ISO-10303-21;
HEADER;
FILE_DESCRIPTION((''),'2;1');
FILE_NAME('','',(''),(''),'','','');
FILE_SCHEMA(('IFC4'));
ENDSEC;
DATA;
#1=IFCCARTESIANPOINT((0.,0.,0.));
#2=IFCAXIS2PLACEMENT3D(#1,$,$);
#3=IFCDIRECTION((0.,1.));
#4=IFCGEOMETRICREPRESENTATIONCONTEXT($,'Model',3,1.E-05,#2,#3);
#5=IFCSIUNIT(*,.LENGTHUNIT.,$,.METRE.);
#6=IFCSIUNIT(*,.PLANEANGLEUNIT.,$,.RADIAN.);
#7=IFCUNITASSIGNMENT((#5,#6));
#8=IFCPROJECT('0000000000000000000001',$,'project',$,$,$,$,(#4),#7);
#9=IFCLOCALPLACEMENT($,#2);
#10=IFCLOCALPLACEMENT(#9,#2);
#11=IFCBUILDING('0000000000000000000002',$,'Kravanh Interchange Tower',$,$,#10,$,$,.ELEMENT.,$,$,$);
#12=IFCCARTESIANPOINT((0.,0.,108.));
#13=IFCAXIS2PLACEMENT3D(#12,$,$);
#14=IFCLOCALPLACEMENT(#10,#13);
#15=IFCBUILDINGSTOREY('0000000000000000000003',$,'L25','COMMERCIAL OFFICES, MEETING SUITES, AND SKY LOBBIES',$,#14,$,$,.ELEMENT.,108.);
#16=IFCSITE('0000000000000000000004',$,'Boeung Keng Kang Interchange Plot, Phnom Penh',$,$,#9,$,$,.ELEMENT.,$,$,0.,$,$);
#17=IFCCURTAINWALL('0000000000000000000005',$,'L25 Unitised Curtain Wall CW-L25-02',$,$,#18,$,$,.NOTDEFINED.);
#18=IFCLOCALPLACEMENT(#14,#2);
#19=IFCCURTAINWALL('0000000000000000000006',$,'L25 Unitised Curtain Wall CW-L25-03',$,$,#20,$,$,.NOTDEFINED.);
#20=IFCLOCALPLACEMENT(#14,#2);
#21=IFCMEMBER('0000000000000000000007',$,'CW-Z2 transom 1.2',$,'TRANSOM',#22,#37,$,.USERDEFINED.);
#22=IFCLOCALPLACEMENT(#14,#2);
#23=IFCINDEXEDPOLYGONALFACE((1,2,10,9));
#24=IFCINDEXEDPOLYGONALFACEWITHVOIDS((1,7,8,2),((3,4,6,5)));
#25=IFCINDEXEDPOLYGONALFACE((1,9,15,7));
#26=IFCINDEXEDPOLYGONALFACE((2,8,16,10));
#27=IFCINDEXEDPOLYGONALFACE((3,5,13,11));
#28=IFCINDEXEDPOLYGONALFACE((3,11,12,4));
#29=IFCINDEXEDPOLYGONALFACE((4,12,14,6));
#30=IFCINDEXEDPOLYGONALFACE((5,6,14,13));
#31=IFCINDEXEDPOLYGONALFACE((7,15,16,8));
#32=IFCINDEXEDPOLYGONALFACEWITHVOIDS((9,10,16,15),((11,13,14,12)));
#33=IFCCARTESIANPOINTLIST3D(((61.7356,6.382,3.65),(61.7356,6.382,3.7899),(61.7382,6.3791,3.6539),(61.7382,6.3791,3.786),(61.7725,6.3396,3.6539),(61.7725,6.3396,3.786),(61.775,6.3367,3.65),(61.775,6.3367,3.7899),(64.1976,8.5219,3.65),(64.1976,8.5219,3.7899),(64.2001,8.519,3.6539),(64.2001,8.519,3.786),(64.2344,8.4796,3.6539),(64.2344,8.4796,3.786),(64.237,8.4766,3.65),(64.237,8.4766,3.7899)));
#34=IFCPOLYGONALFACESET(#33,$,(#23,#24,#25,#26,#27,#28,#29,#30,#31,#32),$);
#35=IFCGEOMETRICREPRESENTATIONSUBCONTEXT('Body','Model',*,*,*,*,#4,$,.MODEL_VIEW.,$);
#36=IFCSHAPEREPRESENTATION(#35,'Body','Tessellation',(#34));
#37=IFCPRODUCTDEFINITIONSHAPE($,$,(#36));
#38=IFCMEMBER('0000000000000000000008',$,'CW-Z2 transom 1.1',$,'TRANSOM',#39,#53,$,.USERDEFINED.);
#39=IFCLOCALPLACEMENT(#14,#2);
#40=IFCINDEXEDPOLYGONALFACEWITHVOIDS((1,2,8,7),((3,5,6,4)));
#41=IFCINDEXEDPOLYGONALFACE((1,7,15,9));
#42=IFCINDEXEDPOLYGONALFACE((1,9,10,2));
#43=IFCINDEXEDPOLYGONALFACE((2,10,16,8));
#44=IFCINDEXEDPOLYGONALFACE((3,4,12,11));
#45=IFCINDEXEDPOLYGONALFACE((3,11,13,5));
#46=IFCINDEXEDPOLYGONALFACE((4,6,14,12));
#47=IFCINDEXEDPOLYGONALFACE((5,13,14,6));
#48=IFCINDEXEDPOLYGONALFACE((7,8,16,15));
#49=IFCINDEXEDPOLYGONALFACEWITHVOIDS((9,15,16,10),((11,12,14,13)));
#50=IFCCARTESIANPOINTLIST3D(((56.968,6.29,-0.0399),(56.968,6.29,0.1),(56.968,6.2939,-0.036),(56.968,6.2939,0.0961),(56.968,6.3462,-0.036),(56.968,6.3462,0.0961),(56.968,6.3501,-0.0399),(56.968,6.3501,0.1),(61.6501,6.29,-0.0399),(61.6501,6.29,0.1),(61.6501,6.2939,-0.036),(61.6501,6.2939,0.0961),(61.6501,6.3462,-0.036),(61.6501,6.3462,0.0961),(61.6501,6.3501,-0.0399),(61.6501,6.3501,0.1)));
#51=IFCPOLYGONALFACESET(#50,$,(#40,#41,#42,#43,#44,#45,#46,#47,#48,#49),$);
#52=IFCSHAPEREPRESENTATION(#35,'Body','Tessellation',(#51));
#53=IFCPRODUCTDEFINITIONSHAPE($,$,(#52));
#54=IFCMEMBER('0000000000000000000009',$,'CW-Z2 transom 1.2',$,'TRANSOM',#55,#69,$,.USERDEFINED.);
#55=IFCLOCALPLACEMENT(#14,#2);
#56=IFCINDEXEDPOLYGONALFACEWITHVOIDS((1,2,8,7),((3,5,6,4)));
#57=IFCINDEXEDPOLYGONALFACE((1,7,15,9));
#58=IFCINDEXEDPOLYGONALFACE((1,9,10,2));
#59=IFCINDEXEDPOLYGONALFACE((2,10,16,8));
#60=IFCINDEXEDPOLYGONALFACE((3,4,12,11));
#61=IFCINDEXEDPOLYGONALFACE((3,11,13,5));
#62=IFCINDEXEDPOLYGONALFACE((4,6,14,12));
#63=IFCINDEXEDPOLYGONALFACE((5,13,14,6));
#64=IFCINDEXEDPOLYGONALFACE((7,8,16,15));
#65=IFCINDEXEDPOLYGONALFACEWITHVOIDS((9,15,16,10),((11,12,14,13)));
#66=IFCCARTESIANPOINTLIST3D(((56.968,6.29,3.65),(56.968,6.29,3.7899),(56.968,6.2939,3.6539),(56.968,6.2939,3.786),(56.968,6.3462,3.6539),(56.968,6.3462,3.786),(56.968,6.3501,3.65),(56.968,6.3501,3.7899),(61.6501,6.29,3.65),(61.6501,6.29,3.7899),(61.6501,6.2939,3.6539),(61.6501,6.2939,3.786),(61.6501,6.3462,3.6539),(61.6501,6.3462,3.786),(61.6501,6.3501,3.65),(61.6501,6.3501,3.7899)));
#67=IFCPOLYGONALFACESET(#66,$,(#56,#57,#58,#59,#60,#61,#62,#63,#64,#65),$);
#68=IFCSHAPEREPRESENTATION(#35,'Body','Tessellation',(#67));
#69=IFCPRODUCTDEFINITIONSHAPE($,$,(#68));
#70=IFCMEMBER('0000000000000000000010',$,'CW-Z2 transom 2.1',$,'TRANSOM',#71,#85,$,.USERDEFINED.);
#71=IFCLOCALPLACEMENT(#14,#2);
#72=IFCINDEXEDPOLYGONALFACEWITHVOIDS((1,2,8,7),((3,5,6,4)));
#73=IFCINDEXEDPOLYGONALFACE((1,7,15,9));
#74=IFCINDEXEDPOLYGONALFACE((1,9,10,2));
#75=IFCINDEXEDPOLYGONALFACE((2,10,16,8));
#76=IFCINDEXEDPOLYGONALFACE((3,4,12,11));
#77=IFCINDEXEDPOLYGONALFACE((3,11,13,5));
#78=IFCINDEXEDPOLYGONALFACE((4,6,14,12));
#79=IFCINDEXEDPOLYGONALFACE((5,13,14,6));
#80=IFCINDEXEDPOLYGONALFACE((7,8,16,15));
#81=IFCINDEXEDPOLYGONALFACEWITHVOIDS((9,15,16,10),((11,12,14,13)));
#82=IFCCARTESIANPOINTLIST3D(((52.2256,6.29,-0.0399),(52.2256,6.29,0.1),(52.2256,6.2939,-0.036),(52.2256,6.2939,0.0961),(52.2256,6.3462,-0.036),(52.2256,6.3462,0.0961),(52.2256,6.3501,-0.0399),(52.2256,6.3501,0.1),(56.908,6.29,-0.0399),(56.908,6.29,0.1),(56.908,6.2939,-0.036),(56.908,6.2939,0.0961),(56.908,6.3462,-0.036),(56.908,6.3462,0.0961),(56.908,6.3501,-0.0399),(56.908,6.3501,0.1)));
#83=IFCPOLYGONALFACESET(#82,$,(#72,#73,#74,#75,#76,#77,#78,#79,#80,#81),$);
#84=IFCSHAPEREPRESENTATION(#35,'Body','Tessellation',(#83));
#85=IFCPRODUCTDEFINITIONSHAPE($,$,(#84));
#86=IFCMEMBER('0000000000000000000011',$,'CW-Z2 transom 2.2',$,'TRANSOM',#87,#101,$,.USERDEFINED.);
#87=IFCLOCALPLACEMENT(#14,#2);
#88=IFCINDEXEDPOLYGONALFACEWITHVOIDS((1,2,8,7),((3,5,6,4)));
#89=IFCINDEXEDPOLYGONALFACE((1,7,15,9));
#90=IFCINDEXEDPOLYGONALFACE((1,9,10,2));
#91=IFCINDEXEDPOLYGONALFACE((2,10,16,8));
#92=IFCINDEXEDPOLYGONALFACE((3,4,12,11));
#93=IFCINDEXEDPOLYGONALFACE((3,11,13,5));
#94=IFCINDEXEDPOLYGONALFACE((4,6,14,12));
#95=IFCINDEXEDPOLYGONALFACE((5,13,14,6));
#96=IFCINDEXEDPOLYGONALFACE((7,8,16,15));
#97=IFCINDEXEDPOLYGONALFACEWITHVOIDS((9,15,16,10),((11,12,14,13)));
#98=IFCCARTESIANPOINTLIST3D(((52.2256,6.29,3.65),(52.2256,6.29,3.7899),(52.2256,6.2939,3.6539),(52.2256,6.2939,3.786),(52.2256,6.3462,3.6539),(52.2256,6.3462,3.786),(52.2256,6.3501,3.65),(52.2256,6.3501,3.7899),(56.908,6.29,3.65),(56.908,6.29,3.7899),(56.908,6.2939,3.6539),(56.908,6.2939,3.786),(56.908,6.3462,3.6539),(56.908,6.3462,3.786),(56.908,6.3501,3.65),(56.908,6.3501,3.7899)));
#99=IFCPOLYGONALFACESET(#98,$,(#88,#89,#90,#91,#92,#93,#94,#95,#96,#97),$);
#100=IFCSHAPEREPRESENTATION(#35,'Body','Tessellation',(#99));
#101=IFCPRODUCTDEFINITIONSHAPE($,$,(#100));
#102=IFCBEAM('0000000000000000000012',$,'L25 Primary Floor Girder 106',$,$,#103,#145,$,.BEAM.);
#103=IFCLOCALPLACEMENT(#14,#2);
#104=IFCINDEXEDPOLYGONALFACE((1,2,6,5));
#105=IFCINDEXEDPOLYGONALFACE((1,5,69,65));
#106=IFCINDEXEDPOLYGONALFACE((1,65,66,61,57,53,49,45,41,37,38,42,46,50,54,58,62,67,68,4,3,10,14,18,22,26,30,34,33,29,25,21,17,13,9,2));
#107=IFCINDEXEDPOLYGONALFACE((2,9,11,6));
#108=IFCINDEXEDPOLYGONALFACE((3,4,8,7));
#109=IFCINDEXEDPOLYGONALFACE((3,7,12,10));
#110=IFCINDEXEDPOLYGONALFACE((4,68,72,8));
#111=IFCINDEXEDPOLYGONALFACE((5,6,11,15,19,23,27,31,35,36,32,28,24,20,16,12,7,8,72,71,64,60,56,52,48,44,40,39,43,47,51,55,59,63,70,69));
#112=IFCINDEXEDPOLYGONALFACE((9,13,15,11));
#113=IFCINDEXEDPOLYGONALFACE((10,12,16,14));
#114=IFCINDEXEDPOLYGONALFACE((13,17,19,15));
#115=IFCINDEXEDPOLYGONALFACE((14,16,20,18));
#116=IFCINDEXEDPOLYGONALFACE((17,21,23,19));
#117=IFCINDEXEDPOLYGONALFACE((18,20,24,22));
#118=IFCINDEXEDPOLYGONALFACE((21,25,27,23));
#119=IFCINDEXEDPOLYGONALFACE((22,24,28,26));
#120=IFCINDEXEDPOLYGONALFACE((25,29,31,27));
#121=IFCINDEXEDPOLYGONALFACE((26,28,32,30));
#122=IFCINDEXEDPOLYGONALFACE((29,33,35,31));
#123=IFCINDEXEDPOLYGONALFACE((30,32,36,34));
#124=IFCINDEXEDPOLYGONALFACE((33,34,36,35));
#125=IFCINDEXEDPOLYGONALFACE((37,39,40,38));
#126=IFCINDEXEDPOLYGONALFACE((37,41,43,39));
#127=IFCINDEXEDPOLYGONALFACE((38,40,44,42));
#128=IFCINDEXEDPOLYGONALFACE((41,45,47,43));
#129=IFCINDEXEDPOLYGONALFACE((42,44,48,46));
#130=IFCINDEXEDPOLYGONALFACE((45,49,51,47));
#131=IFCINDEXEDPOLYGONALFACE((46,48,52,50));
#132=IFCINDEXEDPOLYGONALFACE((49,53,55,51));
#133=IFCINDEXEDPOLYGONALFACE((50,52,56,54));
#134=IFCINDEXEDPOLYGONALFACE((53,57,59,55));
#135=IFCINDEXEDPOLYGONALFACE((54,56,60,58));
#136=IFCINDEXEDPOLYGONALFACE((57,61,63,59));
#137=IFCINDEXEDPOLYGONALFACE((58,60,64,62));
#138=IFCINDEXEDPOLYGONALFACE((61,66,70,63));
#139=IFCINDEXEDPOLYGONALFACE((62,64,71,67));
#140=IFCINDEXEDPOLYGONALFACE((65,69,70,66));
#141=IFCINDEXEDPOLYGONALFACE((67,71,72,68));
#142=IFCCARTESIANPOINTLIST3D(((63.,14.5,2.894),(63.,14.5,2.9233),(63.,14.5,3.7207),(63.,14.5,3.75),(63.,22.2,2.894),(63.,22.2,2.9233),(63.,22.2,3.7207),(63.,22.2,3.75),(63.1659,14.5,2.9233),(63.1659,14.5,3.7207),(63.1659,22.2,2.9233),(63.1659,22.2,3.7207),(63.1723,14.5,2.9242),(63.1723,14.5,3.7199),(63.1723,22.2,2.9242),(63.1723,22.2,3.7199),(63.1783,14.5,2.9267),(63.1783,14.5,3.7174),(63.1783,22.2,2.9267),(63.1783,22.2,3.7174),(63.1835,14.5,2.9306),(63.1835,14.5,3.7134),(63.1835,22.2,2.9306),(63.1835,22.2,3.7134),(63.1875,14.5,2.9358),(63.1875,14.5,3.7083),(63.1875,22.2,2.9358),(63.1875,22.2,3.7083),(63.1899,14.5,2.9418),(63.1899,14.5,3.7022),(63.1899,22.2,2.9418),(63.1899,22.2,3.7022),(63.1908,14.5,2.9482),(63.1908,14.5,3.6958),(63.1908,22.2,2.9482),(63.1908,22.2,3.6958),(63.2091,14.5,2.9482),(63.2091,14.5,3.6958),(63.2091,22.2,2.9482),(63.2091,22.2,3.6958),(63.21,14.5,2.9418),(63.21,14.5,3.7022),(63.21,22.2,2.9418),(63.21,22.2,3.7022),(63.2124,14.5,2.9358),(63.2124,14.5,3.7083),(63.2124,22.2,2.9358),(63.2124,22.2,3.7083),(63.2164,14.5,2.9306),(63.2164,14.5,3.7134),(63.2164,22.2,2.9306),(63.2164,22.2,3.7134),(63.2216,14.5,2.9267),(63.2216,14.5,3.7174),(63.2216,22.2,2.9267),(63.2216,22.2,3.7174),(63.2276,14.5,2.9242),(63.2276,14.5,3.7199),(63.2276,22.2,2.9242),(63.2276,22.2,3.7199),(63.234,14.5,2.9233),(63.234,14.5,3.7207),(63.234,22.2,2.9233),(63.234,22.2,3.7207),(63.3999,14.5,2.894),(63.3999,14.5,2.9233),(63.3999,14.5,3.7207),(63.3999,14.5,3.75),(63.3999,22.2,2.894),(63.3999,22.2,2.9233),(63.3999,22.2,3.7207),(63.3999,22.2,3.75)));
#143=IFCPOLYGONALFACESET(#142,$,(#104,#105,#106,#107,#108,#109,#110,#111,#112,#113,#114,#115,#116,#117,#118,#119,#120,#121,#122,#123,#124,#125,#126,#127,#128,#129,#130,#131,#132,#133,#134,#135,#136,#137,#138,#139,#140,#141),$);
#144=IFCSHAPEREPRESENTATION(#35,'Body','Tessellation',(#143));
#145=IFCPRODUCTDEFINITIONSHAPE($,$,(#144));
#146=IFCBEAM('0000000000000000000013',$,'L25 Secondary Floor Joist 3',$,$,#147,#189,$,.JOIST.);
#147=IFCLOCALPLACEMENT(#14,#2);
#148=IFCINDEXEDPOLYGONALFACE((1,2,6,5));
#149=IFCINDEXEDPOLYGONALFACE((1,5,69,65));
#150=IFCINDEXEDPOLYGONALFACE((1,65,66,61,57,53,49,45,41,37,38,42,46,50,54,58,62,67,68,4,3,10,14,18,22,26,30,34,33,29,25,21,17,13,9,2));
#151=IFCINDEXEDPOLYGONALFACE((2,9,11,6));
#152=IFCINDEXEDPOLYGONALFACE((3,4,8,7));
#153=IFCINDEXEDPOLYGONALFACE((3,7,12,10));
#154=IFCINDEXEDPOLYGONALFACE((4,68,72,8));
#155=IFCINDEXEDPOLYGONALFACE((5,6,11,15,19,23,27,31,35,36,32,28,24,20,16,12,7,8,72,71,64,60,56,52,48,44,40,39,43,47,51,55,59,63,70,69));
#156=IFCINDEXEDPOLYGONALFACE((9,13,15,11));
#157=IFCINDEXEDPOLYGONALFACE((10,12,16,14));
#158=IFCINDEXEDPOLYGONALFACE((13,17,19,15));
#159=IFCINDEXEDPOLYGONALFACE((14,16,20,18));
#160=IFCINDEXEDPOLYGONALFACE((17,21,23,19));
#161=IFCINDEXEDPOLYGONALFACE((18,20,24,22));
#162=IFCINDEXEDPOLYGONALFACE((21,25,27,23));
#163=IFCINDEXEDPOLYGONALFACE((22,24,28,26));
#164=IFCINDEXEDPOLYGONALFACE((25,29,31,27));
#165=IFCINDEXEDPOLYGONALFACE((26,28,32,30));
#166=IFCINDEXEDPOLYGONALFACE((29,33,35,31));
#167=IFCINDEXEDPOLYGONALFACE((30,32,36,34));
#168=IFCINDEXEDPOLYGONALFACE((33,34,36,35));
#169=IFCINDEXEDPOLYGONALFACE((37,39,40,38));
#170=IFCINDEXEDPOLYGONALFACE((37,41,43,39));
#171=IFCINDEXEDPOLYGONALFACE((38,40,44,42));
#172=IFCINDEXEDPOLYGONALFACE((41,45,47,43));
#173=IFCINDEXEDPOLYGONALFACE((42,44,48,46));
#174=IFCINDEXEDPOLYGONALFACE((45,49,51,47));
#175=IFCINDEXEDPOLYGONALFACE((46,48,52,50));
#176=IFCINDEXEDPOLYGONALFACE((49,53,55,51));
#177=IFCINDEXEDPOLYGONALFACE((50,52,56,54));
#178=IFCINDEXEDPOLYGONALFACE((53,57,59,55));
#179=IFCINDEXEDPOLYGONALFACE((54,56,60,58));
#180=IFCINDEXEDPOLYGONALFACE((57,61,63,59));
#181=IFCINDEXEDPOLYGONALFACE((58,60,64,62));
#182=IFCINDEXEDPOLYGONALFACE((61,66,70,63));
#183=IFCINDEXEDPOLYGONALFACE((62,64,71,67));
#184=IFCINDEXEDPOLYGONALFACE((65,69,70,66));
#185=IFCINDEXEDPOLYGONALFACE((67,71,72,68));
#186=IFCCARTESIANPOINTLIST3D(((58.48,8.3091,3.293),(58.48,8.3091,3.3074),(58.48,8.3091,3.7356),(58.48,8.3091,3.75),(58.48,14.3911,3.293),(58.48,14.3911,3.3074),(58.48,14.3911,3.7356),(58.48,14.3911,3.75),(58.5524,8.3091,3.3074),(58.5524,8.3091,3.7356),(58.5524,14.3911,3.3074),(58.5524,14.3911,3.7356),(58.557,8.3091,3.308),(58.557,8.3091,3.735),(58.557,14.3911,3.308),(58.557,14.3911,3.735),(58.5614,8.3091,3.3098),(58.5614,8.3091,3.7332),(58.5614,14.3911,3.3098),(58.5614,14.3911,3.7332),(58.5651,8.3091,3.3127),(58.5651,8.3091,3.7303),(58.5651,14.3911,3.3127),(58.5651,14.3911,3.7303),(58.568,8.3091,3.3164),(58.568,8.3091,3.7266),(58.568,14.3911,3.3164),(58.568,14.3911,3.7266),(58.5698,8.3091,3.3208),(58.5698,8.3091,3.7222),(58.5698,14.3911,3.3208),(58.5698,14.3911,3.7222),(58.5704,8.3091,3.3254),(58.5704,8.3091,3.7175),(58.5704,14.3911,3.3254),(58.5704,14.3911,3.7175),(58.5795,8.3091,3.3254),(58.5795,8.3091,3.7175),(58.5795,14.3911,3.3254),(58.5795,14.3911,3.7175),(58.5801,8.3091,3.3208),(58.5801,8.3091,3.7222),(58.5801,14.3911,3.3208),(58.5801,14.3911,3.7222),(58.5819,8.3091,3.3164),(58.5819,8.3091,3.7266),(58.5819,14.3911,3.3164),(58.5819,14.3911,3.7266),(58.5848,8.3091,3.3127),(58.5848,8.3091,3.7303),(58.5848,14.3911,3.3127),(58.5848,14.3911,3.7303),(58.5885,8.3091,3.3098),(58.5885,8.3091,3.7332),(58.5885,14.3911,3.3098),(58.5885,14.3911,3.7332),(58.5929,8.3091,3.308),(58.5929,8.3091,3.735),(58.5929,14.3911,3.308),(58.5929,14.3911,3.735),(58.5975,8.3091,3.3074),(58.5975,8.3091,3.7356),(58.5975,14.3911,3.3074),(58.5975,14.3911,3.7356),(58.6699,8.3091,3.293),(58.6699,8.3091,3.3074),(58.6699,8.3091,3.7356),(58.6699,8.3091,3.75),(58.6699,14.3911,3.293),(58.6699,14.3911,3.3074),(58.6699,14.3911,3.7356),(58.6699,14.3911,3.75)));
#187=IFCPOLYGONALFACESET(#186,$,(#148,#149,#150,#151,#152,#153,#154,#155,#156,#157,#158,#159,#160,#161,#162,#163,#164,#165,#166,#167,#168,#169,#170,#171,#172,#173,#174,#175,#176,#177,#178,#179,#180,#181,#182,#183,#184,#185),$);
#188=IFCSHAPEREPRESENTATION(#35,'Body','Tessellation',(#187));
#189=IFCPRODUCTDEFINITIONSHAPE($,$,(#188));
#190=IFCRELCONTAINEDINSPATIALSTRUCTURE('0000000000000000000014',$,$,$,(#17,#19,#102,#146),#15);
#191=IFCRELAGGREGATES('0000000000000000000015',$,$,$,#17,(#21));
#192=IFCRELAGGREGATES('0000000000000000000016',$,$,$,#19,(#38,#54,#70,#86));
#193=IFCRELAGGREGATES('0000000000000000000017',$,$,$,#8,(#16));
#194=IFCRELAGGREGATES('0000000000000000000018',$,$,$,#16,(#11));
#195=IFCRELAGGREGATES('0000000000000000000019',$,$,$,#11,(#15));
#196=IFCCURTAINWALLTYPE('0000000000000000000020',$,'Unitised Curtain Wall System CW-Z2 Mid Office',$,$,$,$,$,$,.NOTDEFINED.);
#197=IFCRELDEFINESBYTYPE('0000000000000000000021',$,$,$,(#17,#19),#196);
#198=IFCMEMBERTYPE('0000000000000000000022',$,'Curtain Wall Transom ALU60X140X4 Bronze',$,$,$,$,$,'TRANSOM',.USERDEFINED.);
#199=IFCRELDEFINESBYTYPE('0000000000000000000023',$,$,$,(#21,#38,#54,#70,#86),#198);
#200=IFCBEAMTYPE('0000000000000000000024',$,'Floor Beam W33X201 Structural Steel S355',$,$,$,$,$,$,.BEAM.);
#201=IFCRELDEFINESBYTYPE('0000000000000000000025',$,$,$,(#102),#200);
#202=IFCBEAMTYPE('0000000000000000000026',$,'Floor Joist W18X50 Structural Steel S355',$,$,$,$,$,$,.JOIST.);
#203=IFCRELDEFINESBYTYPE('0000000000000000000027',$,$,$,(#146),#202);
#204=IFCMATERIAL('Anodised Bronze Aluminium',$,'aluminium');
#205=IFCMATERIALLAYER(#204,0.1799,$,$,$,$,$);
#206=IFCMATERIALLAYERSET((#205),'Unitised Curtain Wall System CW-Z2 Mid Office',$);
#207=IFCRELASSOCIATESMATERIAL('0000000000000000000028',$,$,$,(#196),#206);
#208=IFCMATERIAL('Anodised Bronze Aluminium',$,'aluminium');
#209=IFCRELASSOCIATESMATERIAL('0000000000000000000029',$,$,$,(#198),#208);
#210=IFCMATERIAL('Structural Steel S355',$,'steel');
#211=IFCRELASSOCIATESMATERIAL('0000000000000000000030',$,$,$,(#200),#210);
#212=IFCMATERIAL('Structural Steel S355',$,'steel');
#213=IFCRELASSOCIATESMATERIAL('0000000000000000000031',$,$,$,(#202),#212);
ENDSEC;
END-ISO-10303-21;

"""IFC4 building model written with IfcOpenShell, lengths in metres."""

from ifc_helpers import new_model, si_unit, direction, frame, origin, origin_2d, place, context, subcontext, project, spatial, hollow_rectangle, i_section, extrude, material, layer, layer_set, material_profile, profile_set, type_object, element, aggregate, save


model = new_model("IFC4")

# Units and contexts
model_context = context("Model", 3, precision=1e-05, world=origin(), true_north=direction((0.0, 1.0)))
body_context = subcontext(model_context, "Body", "Model", "MODEL_VIEW")
ifc_project = project(units=[si_unit("LENGTHUNIT", "METRE"), si_unit("PLANEANGLEUNIT", "RADIAN")], contexts=[model_context])

# Site, building, storey
site_placement = place(None, origin())
site = spatial("IfcSite", under=ifc_project, at=site_placement, Name="Boeung Keng Kang Interchange Plot, Phnom Penh", CompositionType="ELEMENT", RefElevation=0.0)
building_placement = place(site_placement, origin())
building = spatial("IfcBuilding", under=site, at=building_placement, Name="Kravanh Interchange Tower", CompositionType="ELEMENT")
storey_placement = place(building_placement, frame((0.0, 0.0, 108.0)))
storey = spatial("IfcBuildingStorey", under=building, at=storey_placement, Name="L25", Description="COMMERCIAL OFFICES, MEETING SUITES, AND SKY LOBBIES", CompositionType="ELEMENT", Elevation=108.0)

# Curtain walls
ifc_material_1 = material(Name="Anodised Bronze Aluminium", Category="aluminium")
ifc_layer_1 = layer(ifc_material_1, 0.1799)
ifc_layer_set_1 = layer_set([ifc_layer_1], Name="Unitised Curtain Wall System CW-Z2 Mid Office")
curtain_wall_type = type_object("IfcCurtainWallType", Name="Unitised Curtain Wall System CW-Z2 Mid Office", PredefinedType="NOTDEFINED", material=ifc_layer_set_1)
curtain_wall_1_placement = place(storey_placement, origin())
curtain_wall_1 = element("IfcCurtainWall", 1, at=curtain_wall_1_placement, inside=storey, type_object=curtain_wall_type, Name="L25 Unitised Curtain Wall CW-L25-02", PredefinedType="NOTDEFINED")
curtain_wall_2_placement = place(storey_placement, origin())
curtain_wall_2 = element("IfcCurtainWall", 2, at=curtain_wall_2_placement, inside=storey, type_object=curtain_wall_type, Name="L25 Unitised Curtain Wall CW-L25-03", PredefinedType="NOTDEFINED")

# Members
ifc_material_2 = material(Name="Anodised Bronze Aluminium", Category="aluminium")
ifc_material_profile_1 = material_profile(ifc_material_2, hollow_rectangle(XDim=0.0601, YDim=0.1399, WallThickness=0.0039, at=origin_2d()), Name="ALU60X140X4")
ifc_profile_set_1 = profile_set([ifc_material_profile_1], Name="Anodised Bronze Aluminium")
member_type_1 = type_object("IfcMemberType", Name="Curtain Wall Transom ALU60X140X4 Bronze", ElementType="TRANSOM", PredefinedType="USERDEFINED", material=ifc_profile_set_1)
member_1_placement = place(storey_placement, frame((64.2173, 8.4993, 3.72), z_axis=(-0.754742, -0.656021, 0.0), x_axis=(0.656021, -0.754742, 0.0)))
member_1 = element("IfcMember", 3, at=member_1_placement, type_object=member_type_1, Name="CW-Z2 transom 1.2", ObjectType="TRANSOM", PredefinedType="USERDEFINED", context=body_context, shape_type="SweptSolid", body=[
    extrude(hollow_rectangle(XDim=0.0601, YDim=0.1399, WallThickness=0.0039, at=origin_2d()), origin(), (0.0, 0.0, 1.0), 3.262),
])
member_2_placement = place(storey_placement, frame((61.6501, 6.3201, 0.03), z_axis=(-1.0, 0.0, 0.0), x_axis=(0.0, -1.0, 0.0)))
member_2 = element("IfcMember", 4, at=member_2_placement, type_object=member_type_1, Name="CW-Z2 transom 1.1", ObjectType="TRANSOM", PredefinedType="USERDEFINED", context=body_context, shape_type="SweptSolid", body=[
    extrude(hollow_rectangle(XDim=0.0601, YDim=0.1399, WallThickness=0.0039, at=origin_2d()), origin(), (0.0, 0.0, 1.0), 4.6821),
])
member_3_placement = place(storey_placement, frame((61.6501, 6.3201, 3.72), z_axis=(-1.0, 0.0, 0.0), x_axis=(0.0, -1.0, 0.0)))
member_3 = element("IfcMember", 5, at=member_3_placement, type_object=member_type_1, Name="CW-Z2 transom 1.2", ObjectType="TRANSOM", PredefinedType="USERDEFINED", context=body_context, shape_type="SweptSolid", body=[
    extrude(hollow_rectangle(XDim=0.0601, YDim=0.1399, WallThickness=0.0039, at=origin_2d()), origin(), (0.0, 0.0, 1.0), 4.6821),
])
member_4_placement = place(storey_placement, frame((56.908, 6.3201, 0.03), z_axis=(-1.0, 0.0, 0.0), x_axis=(0.0, -1.0, 0.0)))
member_4 = element("IfcMember", 6, at=member_4_placement, type_object=member_type_1, Name="CW-Z2 transom 2.1", ObjectType="TRANSOM", PredefinedType="USERDEFINED", context=body_context, shape_type="SweptSolid", body=[
    extrude(hollow_rectangle(XDim=0.0601, YDim=0.1399, WallThickness=0.0039, at=origin_2d()), origin(), (0.0, 0.0, 1.0), 4.6824),
])
member_5_placement = place(storey_placement, frame((56.908, 6.3201, 3.72), z_axis=(-1.0, 0.0, 0.0), x_axis=(0.0, -1.0, 0.0)))
member_5 = element("IfcMember", 7, at=member_5_placement, type_object=member_type_1, Name="CW-Z2 transom 2.2", ObjectType="TRANSOM", PredefinedType="USERDEFINED", context=body_context, shape_type="SweptSolid", body=[
    extrude(hollow_rectangle(XDim=0.0601, YDim=0.1399, WallThickness=0.0039, at=origin_2d()), origin(), (0.0, 0.0, 1.0), 4.6824),
])

# Beams
ifc_material_3 = material(Name="Structural Steel S355", Category="steel")
ifc_material_profile_2 = material_profile(ifc_material_3, i_section(OverallWidth=0.3999, OverallDepth=0.856, WebThickness=0.0183, FlangeThickness=0.0293, FilletRadius=0.0249, at=origin_2d()), Name="W33X201")
ifc_profile_set_2 = profile_set([ifc_material_profile_2], Name="Structural Steel S355")
beam_type_1 = type_object("IfcBeamType", Name="Floor Beam W33X201 Structural Steel S355", PredefinedType="BEAM", material=ifc_profile_set_2)
beam_1_placement = place(storey_placement, frame((63.2, 14.5, 3.322), z_axis=(0.0, 1.0, 0.0), x_axis=(-1.0, 0.0, 0.0)))
element("IfcBeam", 8, at=beam_1_placement, inside=storey, type_object=beam_type_1, Name="L25 Primary Floor Girder 106", PredefinedType="BEAM", context=body_context, shape_type="SweptSolid", body=[
    extrude(i_section(OverallWidth=0.3999, OverallDepth=0.856, WebThickness=0.0183, FlangeThickness=0.0293, FilletRadius=0.0249, at=origin_2d()), origin(), (0.0, 0.0, 1.0), 7.7),
])
ifc_material_4 = material(Name="Structural Steel S355", Category="steel")
ifc_material_profile_3 = material_profile(ifc_material_4, i_section(OverallWidth=0.1899, OverallDepth=0.457, WebThickness=0.009, FlangeThickness=0.0144, FilletRadius=0.0181, at=origin_2d()), Name="W18X50")
ifc_profile_set_3 = profile_set([ifc_material_profile_3], Name="Structural Steel S355")
beam_type_2 = type_object("IfcBeamType", Name="Floor Joist W18X50 Structural Steel S355", PredefinedType="JOIST", material=ifc_profile_set_3)
for number, where, z_axis, x_axis, name in (
    (9, (58.575, 8.3091, 3.5215), (0.0, 1.0, 0.0), (-1.0, 0.0, 0.0), "L25 Secondary Floor Joist 3"),
):
    element("IfcBeam", number, at=place(storey_placement, frame(where, z_axis=z_axis, x_axis=x_axis)), inside=storey, type_object=beam_type_2, Name=name, PredefinedType="JOIST", context=body_context, shape_type="SweptSolid", body=[
        extrude(i_section(OverallWidth=0.1899, OverallDepth=0.457, WebThickness=0.009, FlangeThickness=0.0144, FilletRadius=0.0181, at=origin_2d()), origin(), (0.0, 0.0, 1.0), 6.082),
    ])

aggregate(curtain_wall_1, [member_1])
aggregate(curtain_wall_2, [member_2, member_3, member_4, member_5])

save(model, "model.ifc")
